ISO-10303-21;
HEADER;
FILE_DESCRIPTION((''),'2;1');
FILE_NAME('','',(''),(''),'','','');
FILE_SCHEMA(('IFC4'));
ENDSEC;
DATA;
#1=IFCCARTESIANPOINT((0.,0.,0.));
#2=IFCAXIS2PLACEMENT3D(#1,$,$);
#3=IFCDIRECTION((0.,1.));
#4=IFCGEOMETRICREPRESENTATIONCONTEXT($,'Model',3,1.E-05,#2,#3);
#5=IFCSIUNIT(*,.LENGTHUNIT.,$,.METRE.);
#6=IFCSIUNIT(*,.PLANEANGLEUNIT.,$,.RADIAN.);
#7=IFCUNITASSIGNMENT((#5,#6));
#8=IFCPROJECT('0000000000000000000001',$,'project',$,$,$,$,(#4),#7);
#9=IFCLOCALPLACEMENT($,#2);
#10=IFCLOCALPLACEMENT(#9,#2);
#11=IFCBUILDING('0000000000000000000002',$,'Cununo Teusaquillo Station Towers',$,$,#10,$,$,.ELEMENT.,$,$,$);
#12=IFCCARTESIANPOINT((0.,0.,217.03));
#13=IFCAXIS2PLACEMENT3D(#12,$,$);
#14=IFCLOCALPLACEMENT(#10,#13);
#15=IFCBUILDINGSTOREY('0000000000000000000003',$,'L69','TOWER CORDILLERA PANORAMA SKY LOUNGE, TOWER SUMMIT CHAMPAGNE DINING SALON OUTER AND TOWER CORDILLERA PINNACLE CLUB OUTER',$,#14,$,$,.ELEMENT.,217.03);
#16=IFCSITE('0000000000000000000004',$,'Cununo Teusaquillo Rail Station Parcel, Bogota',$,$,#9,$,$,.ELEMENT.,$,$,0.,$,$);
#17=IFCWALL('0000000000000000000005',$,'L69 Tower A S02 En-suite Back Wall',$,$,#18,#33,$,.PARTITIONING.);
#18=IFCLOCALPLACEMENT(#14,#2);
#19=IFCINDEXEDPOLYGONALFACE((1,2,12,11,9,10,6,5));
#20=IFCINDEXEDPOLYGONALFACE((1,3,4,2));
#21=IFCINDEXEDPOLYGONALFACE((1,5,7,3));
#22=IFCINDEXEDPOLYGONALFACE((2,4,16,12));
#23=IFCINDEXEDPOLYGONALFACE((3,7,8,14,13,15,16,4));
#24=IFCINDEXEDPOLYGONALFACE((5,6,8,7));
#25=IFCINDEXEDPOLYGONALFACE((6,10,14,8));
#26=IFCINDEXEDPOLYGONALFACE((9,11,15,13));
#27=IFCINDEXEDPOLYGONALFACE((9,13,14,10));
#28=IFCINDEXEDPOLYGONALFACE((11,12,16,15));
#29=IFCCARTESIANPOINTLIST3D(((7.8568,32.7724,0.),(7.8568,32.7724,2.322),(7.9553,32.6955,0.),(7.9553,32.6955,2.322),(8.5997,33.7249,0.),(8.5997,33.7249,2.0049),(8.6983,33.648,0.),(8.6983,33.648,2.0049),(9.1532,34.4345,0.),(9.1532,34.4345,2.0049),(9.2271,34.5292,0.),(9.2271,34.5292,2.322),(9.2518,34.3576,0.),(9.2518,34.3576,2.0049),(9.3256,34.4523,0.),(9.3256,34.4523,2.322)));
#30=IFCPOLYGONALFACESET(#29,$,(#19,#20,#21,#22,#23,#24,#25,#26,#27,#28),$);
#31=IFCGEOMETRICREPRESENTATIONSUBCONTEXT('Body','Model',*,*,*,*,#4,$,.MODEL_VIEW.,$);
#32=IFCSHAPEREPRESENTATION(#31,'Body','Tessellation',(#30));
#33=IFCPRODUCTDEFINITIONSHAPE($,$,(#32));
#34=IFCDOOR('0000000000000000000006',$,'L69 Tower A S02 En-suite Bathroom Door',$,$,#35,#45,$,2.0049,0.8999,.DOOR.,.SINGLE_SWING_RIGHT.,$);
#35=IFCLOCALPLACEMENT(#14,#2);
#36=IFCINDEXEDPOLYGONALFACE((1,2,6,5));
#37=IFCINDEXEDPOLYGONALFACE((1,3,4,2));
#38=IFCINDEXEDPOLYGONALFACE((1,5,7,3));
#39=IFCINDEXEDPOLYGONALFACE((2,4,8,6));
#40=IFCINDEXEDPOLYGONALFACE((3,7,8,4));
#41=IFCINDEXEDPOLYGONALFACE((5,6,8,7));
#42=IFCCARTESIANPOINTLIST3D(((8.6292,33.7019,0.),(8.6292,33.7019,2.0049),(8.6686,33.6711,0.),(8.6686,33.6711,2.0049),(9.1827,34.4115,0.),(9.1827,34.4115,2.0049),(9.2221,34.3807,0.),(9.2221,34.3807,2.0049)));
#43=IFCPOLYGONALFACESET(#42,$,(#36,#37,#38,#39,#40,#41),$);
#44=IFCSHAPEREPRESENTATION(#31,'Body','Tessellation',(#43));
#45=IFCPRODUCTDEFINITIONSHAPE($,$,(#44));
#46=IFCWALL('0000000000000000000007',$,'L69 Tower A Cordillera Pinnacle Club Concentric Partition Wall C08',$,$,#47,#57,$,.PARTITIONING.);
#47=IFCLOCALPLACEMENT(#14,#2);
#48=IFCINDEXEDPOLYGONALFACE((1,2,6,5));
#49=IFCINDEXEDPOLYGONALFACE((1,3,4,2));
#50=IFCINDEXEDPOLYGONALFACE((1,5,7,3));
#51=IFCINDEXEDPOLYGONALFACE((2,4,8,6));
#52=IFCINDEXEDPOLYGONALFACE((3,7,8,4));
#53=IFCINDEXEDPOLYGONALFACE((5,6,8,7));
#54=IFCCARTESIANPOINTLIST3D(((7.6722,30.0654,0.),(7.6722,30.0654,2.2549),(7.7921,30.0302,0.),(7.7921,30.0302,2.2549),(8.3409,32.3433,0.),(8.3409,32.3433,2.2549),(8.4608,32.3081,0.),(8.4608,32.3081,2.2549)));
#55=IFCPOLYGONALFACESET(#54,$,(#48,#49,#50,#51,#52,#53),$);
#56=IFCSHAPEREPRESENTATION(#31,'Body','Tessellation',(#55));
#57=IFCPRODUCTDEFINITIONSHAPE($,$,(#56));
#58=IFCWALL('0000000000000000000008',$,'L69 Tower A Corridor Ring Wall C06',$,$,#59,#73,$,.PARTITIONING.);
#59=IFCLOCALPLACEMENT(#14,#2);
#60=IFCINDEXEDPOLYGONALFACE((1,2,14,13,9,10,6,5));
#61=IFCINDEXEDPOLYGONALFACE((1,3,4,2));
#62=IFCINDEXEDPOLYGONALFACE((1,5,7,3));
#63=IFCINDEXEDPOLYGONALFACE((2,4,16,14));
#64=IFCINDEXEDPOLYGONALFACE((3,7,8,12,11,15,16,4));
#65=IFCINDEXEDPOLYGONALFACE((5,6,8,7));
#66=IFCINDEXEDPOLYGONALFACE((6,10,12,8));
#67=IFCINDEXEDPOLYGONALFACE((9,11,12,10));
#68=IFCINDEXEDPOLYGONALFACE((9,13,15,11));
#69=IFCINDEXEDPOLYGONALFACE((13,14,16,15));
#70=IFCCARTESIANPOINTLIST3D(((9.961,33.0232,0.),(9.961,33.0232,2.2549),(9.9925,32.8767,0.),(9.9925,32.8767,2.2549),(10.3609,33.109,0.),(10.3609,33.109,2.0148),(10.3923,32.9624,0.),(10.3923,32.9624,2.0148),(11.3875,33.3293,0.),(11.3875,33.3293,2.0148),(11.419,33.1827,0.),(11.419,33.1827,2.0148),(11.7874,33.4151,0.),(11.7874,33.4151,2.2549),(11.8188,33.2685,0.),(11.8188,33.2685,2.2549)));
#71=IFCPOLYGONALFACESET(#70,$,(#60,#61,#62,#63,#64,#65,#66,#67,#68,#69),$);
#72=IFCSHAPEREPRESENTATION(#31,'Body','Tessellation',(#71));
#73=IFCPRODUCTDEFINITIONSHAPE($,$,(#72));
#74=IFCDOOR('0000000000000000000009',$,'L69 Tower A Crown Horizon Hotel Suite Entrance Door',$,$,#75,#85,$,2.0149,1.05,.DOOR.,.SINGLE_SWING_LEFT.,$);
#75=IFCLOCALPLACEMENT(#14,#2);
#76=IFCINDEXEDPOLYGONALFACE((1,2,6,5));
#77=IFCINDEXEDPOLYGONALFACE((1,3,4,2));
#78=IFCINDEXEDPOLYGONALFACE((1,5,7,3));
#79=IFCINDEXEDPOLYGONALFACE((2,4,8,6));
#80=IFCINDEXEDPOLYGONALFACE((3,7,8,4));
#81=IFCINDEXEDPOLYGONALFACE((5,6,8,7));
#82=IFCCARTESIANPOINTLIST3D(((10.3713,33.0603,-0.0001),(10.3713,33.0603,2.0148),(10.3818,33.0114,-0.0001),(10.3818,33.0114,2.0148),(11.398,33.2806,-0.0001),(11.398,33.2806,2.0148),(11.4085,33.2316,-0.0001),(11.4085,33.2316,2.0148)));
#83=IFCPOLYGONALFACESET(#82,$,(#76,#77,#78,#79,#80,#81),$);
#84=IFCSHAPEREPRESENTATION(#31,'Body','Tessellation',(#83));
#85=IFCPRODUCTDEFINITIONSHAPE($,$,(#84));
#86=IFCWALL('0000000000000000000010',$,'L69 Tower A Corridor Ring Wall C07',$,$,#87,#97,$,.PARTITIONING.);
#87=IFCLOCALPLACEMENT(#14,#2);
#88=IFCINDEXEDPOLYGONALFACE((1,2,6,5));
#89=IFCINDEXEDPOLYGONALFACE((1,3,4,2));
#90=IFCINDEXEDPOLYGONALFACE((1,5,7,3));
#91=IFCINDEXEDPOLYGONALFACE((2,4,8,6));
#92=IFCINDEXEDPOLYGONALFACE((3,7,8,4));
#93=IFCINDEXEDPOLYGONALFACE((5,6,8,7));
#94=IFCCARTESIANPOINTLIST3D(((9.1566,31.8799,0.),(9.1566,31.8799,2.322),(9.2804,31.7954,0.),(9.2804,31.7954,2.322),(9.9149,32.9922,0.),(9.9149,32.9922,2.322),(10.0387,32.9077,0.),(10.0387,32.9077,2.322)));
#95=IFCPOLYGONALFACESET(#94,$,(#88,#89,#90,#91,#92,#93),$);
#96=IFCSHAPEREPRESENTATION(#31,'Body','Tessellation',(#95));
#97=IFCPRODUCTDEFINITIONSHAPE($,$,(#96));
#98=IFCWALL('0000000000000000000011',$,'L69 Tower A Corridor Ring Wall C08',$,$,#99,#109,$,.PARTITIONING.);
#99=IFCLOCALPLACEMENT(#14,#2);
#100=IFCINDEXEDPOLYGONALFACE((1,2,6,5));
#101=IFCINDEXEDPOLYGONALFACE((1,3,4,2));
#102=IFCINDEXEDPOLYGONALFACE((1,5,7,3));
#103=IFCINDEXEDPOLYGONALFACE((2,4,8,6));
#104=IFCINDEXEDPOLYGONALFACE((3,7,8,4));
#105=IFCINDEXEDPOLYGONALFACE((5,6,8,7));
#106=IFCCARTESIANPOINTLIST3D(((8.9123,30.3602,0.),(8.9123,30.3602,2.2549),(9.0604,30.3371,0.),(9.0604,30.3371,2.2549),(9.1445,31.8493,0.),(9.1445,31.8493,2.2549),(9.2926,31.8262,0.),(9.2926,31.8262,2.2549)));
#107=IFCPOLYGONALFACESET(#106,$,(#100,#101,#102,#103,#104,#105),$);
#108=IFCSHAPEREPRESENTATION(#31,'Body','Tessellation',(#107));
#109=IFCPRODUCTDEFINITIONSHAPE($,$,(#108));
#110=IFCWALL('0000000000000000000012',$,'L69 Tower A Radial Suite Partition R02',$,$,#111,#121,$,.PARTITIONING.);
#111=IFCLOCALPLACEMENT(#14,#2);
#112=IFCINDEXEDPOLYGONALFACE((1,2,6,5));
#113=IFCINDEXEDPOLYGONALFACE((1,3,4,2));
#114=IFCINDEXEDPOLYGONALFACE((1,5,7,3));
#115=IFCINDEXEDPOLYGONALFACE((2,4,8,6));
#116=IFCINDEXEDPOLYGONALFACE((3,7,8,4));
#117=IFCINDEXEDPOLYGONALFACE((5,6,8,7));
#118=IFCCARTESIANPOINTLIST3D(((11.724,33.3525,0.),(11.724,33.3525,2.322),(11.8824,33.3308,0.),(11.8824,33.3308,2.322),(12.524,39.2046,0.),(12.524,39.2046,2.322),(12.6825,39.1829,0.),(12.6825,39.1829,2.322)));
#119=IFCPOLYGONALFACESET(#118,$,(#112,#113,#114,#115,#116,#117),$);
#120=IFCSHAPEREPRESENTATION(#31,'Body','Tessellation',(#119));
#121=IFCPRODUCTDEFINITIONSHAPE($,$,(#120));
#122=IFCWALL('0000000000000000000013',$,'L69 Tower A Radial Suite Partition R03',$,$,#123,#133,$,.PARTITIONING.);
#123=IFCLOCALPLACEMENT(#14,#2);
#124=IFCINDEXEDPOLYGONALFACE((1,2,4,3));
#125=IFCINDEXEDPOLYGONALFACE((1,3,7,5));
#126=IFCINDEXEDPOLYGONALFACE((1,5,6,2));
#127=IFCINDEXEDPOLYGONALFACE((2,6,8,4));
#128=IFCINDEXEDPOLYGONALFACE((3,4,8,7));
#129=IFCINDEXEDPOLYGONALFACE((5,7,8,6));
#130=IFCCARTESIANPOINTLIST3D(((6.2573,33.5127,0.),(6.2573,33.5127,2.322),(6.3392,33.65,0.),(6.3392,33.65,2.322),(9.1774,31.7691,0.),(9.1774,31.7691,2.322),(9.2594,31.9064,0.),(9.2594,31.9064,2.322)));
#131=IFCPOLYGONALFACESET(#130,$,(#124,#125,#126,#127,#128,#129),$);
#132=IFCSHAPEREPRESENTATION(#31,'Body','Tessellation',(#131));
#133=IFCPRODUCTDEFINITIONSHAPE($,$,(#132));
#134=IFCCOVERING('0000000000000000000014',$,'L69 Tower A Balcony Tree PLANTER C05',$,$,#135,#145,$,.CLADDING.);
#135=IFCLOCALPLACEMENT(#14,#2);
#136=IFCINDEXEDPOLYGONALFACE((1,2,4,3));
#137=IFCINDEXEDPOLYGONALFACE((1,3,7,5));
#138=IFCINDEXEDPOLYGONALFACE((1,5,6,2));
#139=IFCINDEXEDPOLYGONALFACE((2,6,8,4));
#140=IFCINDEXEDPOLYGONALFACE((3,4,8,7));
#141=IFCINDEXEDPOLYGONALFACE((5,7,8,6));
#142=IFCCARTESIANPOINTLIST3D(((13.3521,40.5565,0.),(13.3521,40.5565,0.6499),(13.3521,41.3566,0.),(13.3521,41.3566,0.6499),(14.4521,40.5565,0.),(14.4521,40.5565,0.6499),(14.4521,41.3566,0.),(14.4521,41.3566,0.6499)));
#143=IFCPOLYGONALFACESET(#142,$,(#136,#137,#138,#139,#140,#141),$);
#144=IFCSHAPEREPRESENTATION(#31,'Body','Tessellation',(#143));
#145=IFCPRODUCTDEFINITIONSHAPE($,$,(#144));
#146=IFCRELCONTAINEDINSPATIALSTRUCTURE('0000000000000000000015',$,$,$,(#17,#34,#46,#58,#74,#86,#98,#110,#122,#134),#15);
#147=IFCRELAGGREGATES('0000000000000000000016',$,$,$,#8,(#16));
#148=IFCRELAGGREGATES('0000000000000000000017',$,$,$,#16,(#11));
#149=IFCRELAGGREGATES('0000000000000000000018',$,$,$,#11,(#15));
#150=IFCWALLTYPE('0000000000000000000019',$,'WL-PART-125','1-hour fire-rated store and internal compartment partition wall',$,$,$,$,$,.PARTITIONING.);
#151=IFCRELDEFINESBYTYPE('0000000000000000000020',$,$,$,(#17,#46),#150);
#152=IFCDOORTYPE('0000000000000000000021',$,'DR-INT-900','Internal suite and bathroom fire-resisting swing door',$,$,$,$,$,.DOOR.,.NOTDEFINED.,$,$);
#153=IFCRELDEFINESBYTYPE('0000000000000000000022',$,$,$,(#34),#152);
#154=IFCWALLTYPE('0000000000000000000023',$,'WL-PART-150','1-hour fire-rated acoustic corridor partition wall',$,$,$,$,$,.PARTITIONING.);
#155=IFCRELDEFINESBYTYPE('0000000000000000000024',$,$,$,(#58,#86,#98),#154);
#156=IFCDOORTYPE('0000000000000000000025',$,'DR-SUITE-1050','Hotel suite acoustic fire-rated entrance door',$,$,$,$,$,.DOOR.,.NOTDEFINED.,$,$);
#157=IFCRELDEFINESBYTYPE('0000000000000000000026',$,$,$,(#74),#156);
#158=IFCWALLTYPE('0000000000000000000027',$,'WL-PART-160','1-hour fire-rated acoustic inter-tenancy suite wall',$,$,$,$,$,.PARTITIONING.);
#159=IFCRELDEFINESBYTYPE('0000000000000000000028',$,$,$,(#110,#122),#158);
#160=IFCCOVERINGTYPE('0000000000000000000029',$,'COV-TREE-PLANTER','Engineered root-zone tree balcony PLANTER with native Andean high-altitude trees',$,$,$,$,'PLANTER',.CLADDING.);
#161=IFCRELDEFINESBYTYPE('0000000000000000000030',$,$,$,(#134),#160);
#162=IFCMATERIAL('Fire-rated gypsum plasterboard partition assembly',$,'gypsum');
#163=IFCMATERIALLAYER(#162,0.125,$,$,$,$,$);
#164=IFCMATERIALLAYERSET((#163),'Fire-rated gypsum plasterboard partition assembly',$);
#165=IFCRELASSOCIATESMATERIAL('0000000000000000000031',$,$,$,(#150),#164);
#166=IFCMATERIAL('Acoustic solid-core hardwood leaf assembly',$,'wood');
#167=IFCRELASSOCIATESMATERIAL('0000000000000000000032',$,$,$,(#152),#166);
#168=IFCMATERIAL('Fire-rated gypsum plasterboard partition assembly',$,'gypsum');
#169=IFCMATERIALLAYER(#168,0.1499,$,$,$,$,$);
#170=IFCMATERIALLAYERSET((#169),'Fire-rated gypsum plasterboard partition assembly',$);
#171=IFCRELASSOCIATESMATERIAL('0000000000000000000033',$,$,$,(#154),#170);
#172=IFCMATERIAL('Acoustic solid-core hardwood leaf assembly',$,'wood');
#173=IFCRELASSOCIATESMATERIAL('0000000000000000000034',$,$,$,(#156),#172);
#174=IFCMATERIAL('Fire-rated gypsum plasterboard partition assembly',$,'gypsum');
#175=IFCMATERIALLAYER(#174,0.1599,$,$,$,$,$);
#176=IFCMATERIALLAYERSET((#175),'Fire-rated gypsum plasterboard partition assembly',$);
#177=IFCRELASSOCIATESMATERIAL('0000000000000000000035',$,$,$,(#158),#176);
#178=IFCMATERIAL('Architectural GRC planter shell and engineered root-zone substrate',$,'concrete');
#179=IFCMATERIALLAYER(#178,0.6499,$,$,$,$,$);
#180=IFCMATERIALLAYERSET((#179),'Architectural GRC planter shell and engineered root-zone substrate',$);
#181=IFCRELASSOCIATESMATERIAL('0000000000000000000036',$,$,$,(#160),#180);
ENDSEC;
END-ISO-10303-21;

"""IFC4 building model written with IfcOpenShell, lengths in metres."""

from ifc_helpers import new_model, si_unit, direction, frame, frame_2d, origin, origin_2d, place, context, subcontext, project, spatial, rectangle, extrude, source, transform, mapped, material, layer, layer_set, type_object, element, fill, save


model = new_model("IFC4")

# Units and contexts
model_context = context("Model", 3, precision=1e-05, world=origin(), true_north=direction((0.0, 1.0)))
body_context = subcontext(model_context, "Body", "Model", "MODEL_VIEW")
ifc_project = project(units=[si_unit("LENGTHUNIT", "METRE"), si_unit("PLANEANGLEUNIT", "RADIAN")], contexts=[model_context])

# Site, building, storey
site_placement = place(None, origin())
site = spatial("IfcSite", under=ifc_project, at=site_placement, Name="Cununo Teusaquillo Rail Station Parcel, Bogota", CompositionType="ELEMENT", RefElevation=0.0)
building_placement = place(site_placement, origin())
building = spatial("IfcBuilding", under=site, at=building_placement, Name="Cununo Teusaquillo Station Towers", CompositionType="ELEMENT")
storey_placement = place(building_placement, frame((0.0, 0.0, 217.03)))
storey = spatial("IfcBuildingStorey", under=building, at=storey_placement, Name="L69", Description="TOWER CORDILLERA PANORAMA SKY LOUNGE, TOWER SUMMIT CHAMPAGNE DINING SALON OUTER AND TOWER CORDILLERA PINNACLE CLUB OUTER", CompositionType="ELEMENT", Elevation=217.03)

# Shared definitions
ifc_material_1 = material(Name="Fire-rated gypsum plasterboard partition assembly", Category="gypsum")
ifc_layer_1 = layer(ifc_material_1, 0.125)
ifc_layer_set_1 = layer_set([ifc_layer_1], Name="Fire-rated gypsum plasterboard partition assembly")
wall_type_1 = type_object("IfcWallType", Name="WL-PART-125", Description="1-hour fire-rated store and internal compartment partition wall", PredefinedType="PARTITIONING", material=ifc_layer_set_1)

# Wall, opening, door
wall_1_placement = place(storey_placement, frame((9.2764, 34.4907, 0.0), z_axis=(0.0, 0.0, 1.0), x_axis=(-0.61504, -0.788496, 0.0)))
wall_1 = element("IfcWall", 1, at=wall_1_placement, inside=storey, type_object=wall_type_1, Name="L69 Tower A S02 En-suite Back Wall", PredefinedType="PARTITIONING", context=body_context, shape_type="SweptSolid", body=[
    extrude(rectangle(XDim=2.228, YDim=0.125, at=frame_2d((1.114, 0.0))), origin(), (0.0, 0.0, 1.0), 2.322),
])
shared_shape_1 = source(origin(), body_context, "Body", "SweptSolid", [
    extrude(rectangle(XDim=0.8999, YDim=2.0049, at=frame_2d((0.45, 1.0024))), frame((0.0, 0.0725, 0.0), z_axis=(0.0, -1.0, 0.0), x_axis=(1.0, 0.0, 0.0)), (0.0, 0.0, 1.0), 0.145),
])
opening_1_placement = place(wall_1_placement, frame((0.1201, 0.0, 0.0)))
opening_1 = element("IfcOpeningElement", 2, at=opening_1_placement, cuts=wall_1, PredefinedType="OPENING", context=body_context, shape_type="MappedRepresentation", body=[
    mapped(shared_shape_1, transform((0.0, 0.0, 0.0), x_axis=(1.0, 0.0, 0.0), y_axis=(0.0, 1.0, 0.0), z_axis=(0.0, 0.0, 1.0), scale=1.0)),
])
ifc_material_2 = material(Name="Acoustic solid-core hardwood leaf assembly", Category="wood")
door_type_1 = type_object("IfcDoorType", Name="DR-INT-900", Description="Internal suite and bathroom fire-resisting swing door", OperationType="NOTDEFINED", PredefinedType="DOOR", material=ifc_material_2)
shared_shape_2 = source(origin(), body_context, "Body", "SweptSolid", [
    extrude(rectangle(XDim=0.8999, YDim=2.0049, at=frame_2d((0.45, 1.0024))), frame((0.0, 0.0249, 0.0), z_axis=(0.0, -1.0, 0.0), x_axis=(1.0, 0.0, 0.0)), (0.0, 0.0, 1.0), 0.05),
])
door_1_placement = place(opening_1_placement, origin())
door_1 = element("IfcDoor", 3, at=door_1_placement, inside=storey, type_object=door_type_1, Name="L69 Tower A S02 En-suite Bathroom Door", OperationType="SINGLE_SWING_RIGHT", OverallHeight=2.0049, OverallWidth=0.8999, PredefinedType="DOOR", context=body_context, shape_type="MappedRepresentation", body=[
    mapped(shared_shape_2, transform((0.0, 0.0, 0.0), x_axis=(1.0, 0.0, 0.0), y_axis=(0.0, 1.0, 0.0), z_axis=(0.0, 0.0, 1.0), scale=1.0)),
])
fill(opening_1, door_1)

# Wall
wall_2_placement = place(storey_placement, frame((8.4009, 32.3257, 0.0), z_axis=(0.0, 0.0, 1.0), x_axis=(-0.281682, -0.959508, 0.0)))
element("IfcWall", 4, at=wall_2_placement, inside=storey, type_object=wall_type_1, Name="L69 Tower A Cordillera Pinnacle Club Concentric Partition Wall C08", PredefinedType="PARTITIONING", context=body_context, shape_type="SweptSolid", body=[
    extrude(rectangle(XDim=2.374, YDim=0.125, at=frame_2d((1.187, 0.0))), origin(), (0.0, 0.0, 1.0), 2.2549),
])

# Wall, opening, door
ifc_material_3 = material(Name="Fire-rated gypsum plasterboard partition assembly", Category="gypsum")
ifc_layer_2 = layer(ifc_material_3, 0.1499)
ifc_layer_set_2 = layer_set([ifc_layer_2], Name="Fire-rated gypsum plasterboard partition assembly")
wall_type_2 = type_object("IfcWallType", Name="WL-PART-150", Description="1-hour fire-rated acoustic corridor partition wall", PredefinedType="PARTITIONING", material=ifc_layer_set_2)
wall_3_placement = place(storey_placement, frame((11.8032, 33.3418, 0.0), z_axis=(0.0, 0.0, 1.0), x_axis=(-0.977751, -0.20977, 0.0)))
wall_3 = element("IfcWall", 5, at=wall_3_placement, inside=storey, type_object=wall_type_2, Name="L69 Tower A Corridor Ring Wall C06", PredefinedType="PARTITIONING", context=body_context, shape_type="SweptSolid", body=[
    extrude(rectangle(XDim=1.8679, YDim=0.1499, at=frame_2d((0.9341, 0.0))), origin(), (0.0, 0.0, 1.0), 2.2549),
])
shared_shape_3 = source(origin(), body_context, "Body", "SweptSolid", [
    extrude(rectangle(XDim=1.05, YDim=2.0149, at=frame_2d((0.5249, 1.0073))), frame((0.0, 0.085, 0.0), z_axis=(0.0, -1.0, 0.0), x_axis=(1.0, 0.0, 0.0)), (0.0, 0.0, 1.0), 0.1699),
])
opening_2_placement = place(wall_3_placement, frame((0.4092, 0.0, 0.0)))
opening_2 = element("IfcOpeningElement", 6, at=opening_2_placement, cuts=wall_3, PredefinedType="OPENING", context=body_context, shape_type="MappedRepresentation", body=[
    mapped(shared_shape_3, transform((0.0, 0.0, 0.0), x_axis=(1.0, 0.0, 0.0), y_axis=(0.0, 1.0, 0.0), z_axis=(0.0, 0.0, 1.0), scale=1.0)),
])
ifc_material_4 = material(Name="Acoustic solid-core hardwood leaf assembly", Category="wood")
door_type_2 = type_object("IfcDoorType", Name="DR-SUITE-1050", Description="Hotel suite acoustic fire-rated entrance door", OperationType="NOTDEFINED", PredefinedType="DOOR", material=ifc_material_4)
shared_shape_4 = source(origin(), body_context, "Body", "SweptSolid", [
    extrude(rectangle(XDim=1.05, YDim=2.0149, at=frame_2d((0.5249, 1.0073))), frame((0.0, 0.0249, 0.0), z_axis=(0.0, -1.0, 0.0), x_axis=(1.0, 0.0, 0.0)), (0.0, 0.0, 1.0), 0.05),
])
door_2_placement = place(opening_2_placement, origin())
door_2 = element("IfcDoor", 7, at=door_2_placement, inside=storey, type_object=door_type_2, Name="L69 Tower A Crown Horizon Hotel Suite Entrance Door", OperationType="SINGLE_SWING_LEFT", OverallHeight=2.0149, OverallWidth=1.05, PredefinedType="DOOR", context=body_context, shape_type="MappedRepresentation", body=[
    mapped(shared_shape_4, transform((0.0, 0.0, 0.0), x_axis=(1.0, 0.0, 0.0), y_axis=(0.0, 1.0, 0.0), z_axis=(0.0, 0.0, 1.0), scale=1.0)),
])
fill(opening_2, door_2)

# Walls
wall_4_placement = place(storey_placement, frame((9.9768, 32.95, 0.0), z_axis=(0.0, 0.0, 1.0), x_axis=(-0.563292, -0.826258, 0.0)))
element("IfcWall", 8, at=wall_4_placement, inside=storey, type_object=wall_type_2, Name="L69 Tower A Corridor Ring Wall C07", PredefinedType="PARTITIONING", context=body_context, shape_type="SweptSolid", body=[
    extrude(rectangle(XDim=1.3462, YDim=0.1499, at=frame_2d((0.6731, 0.0))), origin(), (0.0, 0.0, 1.0), 2.322),
])
wall_5_placement = place(storey_placement, frame((9.2185, 31.8376, 0.0), z_axis=(0.0, 0.0, 1.0), x_axis=(-0.154066, -0.988061, 0.0)))
element("IfcWall", 9, at=wall_5_placement, inside=storey, type_object=wall_type_2, Name="L69 Tower A Corridor Ring Wall C08", PredefinedType="PARTITIONING", context=body_context, shape_type="SweptSolid", body=[
    extrude(rectangle(XDim=1.5071, YDim=0.1499, at=frame_2d((0.7534, 0.0))), origin(), (0.0, 0.0, 1.0), 2.2549),
])
ifc_material_5 = material(Name="Fire-rated gypsum plasterboard partition assembly", Category="gypsum")
ifc_layer_3 = layer(ifc_material_5, 0.1599)
ifc_layer_set_3 = layer_set([ifc_layer_3], Name="Fire-rated gypsum plasterboard partition assembly")
wall_type_3 = type_object("IfcWallType", Name="WL-PART-160", Description="1-hour fire-rated acoustic inter-tenancy suite wall", PredefinedType="PARTITIONING", material=ifc_layer_set_3)
wall_6_placement = place(storey_placement, frame((11.8032, 33.3418, 0.0), z_axis=(0.0, 0.0, 1.0), x_axis=(0.135453, 0.990784, 0.0)))
element("IfcWall", 10, at=wall_6_placement, inside=storey, type_object=wall_type_3, Name="L69 Tower A Radial Suite Partition R02", PredefinedType="PARTITIONING", context=body_context, shape_type="SweptSolid", body=[
    extrude(rectangle(XDim=5.9065, YDim=0.1599, at=frame_2d((2.9531, 0.0))), origin(), (0.0, 0.0, 1.0), 2.322),
])
wall_7_placement = place(storey_placement, frame((9.2185, 31.8376, 0.0), z_axis=(0.0, 0.0, 1.0), x_axis=(-0.858587, 0.512668, 0.0)))
element("IfcWall", 11, at=wall_7_placement, inside=storey, type_object=wall_type_3, Name="L69 Tower A Radial Suite Partition R03", PredefinedType="PARTITIONING", context=body_context, shape_type="SweptSolid", body=[
    extrude(rectangle(XDim=3.4011, YDim=0.1599, at=frame_2d((1.7007, 0.0))), origin(), (0.0, 0.0, 1.0), 2.322),
])

# Covering
ifc_material_6 = material(Name="Architectural GRC planter shell and engineered root-zone substrate", Category="concrete")
ifc_layer_4 = layer(ifc_material_6, 0.6499)
ifc_layer_set_4 = layer_set([ifc_layer_4], Name="Architectural GRC planter shell and engineered root-zone substrate")
covering_type = type_object("IfcCoveringType", Name="COV-TREE-PLANTER", Description="Engineered root-zone tree balcony PLANTER with native Andean high-altitude trees", ElementType="PLANTER", PredefinedType="CLADDING", material=ifc_layer_set_4)
shared_shape_5 = source(origin(), body_context, "Body", "SweptSolid", [
    extrude(rectangle(XDim=1.1001, YDim=0.8, at=origin_2d()), origin(), (0.0, 0.0, 1.0), 0.6499),
])
covering_placement = place(storey_placement, frame((13.9021, 40.9565, 0.0), z_axis=(0.0, 0.0, 1.0), x_axis=(1.0, 0.0, 0.0)))
element("IfcCovering", 12, at=covering_placement, inside=storey, type_object=covering_type, Name="L69 Tower A Balcony Tree PLANTER C05", PredefinedType="CLADDING", context=body_context, shape_type="MappedRepresentation", body=[
    mapped(shared_shape_5, transform((0.0, 0.0, 0.0), x_axis=(1.0, 0.0, 0.0), y_axis=(0.0, 1.0, 0.0), z_axis=(0.0, 0.0, 1.0), scale=1.0)),
])

save(model, "model.ifc")
